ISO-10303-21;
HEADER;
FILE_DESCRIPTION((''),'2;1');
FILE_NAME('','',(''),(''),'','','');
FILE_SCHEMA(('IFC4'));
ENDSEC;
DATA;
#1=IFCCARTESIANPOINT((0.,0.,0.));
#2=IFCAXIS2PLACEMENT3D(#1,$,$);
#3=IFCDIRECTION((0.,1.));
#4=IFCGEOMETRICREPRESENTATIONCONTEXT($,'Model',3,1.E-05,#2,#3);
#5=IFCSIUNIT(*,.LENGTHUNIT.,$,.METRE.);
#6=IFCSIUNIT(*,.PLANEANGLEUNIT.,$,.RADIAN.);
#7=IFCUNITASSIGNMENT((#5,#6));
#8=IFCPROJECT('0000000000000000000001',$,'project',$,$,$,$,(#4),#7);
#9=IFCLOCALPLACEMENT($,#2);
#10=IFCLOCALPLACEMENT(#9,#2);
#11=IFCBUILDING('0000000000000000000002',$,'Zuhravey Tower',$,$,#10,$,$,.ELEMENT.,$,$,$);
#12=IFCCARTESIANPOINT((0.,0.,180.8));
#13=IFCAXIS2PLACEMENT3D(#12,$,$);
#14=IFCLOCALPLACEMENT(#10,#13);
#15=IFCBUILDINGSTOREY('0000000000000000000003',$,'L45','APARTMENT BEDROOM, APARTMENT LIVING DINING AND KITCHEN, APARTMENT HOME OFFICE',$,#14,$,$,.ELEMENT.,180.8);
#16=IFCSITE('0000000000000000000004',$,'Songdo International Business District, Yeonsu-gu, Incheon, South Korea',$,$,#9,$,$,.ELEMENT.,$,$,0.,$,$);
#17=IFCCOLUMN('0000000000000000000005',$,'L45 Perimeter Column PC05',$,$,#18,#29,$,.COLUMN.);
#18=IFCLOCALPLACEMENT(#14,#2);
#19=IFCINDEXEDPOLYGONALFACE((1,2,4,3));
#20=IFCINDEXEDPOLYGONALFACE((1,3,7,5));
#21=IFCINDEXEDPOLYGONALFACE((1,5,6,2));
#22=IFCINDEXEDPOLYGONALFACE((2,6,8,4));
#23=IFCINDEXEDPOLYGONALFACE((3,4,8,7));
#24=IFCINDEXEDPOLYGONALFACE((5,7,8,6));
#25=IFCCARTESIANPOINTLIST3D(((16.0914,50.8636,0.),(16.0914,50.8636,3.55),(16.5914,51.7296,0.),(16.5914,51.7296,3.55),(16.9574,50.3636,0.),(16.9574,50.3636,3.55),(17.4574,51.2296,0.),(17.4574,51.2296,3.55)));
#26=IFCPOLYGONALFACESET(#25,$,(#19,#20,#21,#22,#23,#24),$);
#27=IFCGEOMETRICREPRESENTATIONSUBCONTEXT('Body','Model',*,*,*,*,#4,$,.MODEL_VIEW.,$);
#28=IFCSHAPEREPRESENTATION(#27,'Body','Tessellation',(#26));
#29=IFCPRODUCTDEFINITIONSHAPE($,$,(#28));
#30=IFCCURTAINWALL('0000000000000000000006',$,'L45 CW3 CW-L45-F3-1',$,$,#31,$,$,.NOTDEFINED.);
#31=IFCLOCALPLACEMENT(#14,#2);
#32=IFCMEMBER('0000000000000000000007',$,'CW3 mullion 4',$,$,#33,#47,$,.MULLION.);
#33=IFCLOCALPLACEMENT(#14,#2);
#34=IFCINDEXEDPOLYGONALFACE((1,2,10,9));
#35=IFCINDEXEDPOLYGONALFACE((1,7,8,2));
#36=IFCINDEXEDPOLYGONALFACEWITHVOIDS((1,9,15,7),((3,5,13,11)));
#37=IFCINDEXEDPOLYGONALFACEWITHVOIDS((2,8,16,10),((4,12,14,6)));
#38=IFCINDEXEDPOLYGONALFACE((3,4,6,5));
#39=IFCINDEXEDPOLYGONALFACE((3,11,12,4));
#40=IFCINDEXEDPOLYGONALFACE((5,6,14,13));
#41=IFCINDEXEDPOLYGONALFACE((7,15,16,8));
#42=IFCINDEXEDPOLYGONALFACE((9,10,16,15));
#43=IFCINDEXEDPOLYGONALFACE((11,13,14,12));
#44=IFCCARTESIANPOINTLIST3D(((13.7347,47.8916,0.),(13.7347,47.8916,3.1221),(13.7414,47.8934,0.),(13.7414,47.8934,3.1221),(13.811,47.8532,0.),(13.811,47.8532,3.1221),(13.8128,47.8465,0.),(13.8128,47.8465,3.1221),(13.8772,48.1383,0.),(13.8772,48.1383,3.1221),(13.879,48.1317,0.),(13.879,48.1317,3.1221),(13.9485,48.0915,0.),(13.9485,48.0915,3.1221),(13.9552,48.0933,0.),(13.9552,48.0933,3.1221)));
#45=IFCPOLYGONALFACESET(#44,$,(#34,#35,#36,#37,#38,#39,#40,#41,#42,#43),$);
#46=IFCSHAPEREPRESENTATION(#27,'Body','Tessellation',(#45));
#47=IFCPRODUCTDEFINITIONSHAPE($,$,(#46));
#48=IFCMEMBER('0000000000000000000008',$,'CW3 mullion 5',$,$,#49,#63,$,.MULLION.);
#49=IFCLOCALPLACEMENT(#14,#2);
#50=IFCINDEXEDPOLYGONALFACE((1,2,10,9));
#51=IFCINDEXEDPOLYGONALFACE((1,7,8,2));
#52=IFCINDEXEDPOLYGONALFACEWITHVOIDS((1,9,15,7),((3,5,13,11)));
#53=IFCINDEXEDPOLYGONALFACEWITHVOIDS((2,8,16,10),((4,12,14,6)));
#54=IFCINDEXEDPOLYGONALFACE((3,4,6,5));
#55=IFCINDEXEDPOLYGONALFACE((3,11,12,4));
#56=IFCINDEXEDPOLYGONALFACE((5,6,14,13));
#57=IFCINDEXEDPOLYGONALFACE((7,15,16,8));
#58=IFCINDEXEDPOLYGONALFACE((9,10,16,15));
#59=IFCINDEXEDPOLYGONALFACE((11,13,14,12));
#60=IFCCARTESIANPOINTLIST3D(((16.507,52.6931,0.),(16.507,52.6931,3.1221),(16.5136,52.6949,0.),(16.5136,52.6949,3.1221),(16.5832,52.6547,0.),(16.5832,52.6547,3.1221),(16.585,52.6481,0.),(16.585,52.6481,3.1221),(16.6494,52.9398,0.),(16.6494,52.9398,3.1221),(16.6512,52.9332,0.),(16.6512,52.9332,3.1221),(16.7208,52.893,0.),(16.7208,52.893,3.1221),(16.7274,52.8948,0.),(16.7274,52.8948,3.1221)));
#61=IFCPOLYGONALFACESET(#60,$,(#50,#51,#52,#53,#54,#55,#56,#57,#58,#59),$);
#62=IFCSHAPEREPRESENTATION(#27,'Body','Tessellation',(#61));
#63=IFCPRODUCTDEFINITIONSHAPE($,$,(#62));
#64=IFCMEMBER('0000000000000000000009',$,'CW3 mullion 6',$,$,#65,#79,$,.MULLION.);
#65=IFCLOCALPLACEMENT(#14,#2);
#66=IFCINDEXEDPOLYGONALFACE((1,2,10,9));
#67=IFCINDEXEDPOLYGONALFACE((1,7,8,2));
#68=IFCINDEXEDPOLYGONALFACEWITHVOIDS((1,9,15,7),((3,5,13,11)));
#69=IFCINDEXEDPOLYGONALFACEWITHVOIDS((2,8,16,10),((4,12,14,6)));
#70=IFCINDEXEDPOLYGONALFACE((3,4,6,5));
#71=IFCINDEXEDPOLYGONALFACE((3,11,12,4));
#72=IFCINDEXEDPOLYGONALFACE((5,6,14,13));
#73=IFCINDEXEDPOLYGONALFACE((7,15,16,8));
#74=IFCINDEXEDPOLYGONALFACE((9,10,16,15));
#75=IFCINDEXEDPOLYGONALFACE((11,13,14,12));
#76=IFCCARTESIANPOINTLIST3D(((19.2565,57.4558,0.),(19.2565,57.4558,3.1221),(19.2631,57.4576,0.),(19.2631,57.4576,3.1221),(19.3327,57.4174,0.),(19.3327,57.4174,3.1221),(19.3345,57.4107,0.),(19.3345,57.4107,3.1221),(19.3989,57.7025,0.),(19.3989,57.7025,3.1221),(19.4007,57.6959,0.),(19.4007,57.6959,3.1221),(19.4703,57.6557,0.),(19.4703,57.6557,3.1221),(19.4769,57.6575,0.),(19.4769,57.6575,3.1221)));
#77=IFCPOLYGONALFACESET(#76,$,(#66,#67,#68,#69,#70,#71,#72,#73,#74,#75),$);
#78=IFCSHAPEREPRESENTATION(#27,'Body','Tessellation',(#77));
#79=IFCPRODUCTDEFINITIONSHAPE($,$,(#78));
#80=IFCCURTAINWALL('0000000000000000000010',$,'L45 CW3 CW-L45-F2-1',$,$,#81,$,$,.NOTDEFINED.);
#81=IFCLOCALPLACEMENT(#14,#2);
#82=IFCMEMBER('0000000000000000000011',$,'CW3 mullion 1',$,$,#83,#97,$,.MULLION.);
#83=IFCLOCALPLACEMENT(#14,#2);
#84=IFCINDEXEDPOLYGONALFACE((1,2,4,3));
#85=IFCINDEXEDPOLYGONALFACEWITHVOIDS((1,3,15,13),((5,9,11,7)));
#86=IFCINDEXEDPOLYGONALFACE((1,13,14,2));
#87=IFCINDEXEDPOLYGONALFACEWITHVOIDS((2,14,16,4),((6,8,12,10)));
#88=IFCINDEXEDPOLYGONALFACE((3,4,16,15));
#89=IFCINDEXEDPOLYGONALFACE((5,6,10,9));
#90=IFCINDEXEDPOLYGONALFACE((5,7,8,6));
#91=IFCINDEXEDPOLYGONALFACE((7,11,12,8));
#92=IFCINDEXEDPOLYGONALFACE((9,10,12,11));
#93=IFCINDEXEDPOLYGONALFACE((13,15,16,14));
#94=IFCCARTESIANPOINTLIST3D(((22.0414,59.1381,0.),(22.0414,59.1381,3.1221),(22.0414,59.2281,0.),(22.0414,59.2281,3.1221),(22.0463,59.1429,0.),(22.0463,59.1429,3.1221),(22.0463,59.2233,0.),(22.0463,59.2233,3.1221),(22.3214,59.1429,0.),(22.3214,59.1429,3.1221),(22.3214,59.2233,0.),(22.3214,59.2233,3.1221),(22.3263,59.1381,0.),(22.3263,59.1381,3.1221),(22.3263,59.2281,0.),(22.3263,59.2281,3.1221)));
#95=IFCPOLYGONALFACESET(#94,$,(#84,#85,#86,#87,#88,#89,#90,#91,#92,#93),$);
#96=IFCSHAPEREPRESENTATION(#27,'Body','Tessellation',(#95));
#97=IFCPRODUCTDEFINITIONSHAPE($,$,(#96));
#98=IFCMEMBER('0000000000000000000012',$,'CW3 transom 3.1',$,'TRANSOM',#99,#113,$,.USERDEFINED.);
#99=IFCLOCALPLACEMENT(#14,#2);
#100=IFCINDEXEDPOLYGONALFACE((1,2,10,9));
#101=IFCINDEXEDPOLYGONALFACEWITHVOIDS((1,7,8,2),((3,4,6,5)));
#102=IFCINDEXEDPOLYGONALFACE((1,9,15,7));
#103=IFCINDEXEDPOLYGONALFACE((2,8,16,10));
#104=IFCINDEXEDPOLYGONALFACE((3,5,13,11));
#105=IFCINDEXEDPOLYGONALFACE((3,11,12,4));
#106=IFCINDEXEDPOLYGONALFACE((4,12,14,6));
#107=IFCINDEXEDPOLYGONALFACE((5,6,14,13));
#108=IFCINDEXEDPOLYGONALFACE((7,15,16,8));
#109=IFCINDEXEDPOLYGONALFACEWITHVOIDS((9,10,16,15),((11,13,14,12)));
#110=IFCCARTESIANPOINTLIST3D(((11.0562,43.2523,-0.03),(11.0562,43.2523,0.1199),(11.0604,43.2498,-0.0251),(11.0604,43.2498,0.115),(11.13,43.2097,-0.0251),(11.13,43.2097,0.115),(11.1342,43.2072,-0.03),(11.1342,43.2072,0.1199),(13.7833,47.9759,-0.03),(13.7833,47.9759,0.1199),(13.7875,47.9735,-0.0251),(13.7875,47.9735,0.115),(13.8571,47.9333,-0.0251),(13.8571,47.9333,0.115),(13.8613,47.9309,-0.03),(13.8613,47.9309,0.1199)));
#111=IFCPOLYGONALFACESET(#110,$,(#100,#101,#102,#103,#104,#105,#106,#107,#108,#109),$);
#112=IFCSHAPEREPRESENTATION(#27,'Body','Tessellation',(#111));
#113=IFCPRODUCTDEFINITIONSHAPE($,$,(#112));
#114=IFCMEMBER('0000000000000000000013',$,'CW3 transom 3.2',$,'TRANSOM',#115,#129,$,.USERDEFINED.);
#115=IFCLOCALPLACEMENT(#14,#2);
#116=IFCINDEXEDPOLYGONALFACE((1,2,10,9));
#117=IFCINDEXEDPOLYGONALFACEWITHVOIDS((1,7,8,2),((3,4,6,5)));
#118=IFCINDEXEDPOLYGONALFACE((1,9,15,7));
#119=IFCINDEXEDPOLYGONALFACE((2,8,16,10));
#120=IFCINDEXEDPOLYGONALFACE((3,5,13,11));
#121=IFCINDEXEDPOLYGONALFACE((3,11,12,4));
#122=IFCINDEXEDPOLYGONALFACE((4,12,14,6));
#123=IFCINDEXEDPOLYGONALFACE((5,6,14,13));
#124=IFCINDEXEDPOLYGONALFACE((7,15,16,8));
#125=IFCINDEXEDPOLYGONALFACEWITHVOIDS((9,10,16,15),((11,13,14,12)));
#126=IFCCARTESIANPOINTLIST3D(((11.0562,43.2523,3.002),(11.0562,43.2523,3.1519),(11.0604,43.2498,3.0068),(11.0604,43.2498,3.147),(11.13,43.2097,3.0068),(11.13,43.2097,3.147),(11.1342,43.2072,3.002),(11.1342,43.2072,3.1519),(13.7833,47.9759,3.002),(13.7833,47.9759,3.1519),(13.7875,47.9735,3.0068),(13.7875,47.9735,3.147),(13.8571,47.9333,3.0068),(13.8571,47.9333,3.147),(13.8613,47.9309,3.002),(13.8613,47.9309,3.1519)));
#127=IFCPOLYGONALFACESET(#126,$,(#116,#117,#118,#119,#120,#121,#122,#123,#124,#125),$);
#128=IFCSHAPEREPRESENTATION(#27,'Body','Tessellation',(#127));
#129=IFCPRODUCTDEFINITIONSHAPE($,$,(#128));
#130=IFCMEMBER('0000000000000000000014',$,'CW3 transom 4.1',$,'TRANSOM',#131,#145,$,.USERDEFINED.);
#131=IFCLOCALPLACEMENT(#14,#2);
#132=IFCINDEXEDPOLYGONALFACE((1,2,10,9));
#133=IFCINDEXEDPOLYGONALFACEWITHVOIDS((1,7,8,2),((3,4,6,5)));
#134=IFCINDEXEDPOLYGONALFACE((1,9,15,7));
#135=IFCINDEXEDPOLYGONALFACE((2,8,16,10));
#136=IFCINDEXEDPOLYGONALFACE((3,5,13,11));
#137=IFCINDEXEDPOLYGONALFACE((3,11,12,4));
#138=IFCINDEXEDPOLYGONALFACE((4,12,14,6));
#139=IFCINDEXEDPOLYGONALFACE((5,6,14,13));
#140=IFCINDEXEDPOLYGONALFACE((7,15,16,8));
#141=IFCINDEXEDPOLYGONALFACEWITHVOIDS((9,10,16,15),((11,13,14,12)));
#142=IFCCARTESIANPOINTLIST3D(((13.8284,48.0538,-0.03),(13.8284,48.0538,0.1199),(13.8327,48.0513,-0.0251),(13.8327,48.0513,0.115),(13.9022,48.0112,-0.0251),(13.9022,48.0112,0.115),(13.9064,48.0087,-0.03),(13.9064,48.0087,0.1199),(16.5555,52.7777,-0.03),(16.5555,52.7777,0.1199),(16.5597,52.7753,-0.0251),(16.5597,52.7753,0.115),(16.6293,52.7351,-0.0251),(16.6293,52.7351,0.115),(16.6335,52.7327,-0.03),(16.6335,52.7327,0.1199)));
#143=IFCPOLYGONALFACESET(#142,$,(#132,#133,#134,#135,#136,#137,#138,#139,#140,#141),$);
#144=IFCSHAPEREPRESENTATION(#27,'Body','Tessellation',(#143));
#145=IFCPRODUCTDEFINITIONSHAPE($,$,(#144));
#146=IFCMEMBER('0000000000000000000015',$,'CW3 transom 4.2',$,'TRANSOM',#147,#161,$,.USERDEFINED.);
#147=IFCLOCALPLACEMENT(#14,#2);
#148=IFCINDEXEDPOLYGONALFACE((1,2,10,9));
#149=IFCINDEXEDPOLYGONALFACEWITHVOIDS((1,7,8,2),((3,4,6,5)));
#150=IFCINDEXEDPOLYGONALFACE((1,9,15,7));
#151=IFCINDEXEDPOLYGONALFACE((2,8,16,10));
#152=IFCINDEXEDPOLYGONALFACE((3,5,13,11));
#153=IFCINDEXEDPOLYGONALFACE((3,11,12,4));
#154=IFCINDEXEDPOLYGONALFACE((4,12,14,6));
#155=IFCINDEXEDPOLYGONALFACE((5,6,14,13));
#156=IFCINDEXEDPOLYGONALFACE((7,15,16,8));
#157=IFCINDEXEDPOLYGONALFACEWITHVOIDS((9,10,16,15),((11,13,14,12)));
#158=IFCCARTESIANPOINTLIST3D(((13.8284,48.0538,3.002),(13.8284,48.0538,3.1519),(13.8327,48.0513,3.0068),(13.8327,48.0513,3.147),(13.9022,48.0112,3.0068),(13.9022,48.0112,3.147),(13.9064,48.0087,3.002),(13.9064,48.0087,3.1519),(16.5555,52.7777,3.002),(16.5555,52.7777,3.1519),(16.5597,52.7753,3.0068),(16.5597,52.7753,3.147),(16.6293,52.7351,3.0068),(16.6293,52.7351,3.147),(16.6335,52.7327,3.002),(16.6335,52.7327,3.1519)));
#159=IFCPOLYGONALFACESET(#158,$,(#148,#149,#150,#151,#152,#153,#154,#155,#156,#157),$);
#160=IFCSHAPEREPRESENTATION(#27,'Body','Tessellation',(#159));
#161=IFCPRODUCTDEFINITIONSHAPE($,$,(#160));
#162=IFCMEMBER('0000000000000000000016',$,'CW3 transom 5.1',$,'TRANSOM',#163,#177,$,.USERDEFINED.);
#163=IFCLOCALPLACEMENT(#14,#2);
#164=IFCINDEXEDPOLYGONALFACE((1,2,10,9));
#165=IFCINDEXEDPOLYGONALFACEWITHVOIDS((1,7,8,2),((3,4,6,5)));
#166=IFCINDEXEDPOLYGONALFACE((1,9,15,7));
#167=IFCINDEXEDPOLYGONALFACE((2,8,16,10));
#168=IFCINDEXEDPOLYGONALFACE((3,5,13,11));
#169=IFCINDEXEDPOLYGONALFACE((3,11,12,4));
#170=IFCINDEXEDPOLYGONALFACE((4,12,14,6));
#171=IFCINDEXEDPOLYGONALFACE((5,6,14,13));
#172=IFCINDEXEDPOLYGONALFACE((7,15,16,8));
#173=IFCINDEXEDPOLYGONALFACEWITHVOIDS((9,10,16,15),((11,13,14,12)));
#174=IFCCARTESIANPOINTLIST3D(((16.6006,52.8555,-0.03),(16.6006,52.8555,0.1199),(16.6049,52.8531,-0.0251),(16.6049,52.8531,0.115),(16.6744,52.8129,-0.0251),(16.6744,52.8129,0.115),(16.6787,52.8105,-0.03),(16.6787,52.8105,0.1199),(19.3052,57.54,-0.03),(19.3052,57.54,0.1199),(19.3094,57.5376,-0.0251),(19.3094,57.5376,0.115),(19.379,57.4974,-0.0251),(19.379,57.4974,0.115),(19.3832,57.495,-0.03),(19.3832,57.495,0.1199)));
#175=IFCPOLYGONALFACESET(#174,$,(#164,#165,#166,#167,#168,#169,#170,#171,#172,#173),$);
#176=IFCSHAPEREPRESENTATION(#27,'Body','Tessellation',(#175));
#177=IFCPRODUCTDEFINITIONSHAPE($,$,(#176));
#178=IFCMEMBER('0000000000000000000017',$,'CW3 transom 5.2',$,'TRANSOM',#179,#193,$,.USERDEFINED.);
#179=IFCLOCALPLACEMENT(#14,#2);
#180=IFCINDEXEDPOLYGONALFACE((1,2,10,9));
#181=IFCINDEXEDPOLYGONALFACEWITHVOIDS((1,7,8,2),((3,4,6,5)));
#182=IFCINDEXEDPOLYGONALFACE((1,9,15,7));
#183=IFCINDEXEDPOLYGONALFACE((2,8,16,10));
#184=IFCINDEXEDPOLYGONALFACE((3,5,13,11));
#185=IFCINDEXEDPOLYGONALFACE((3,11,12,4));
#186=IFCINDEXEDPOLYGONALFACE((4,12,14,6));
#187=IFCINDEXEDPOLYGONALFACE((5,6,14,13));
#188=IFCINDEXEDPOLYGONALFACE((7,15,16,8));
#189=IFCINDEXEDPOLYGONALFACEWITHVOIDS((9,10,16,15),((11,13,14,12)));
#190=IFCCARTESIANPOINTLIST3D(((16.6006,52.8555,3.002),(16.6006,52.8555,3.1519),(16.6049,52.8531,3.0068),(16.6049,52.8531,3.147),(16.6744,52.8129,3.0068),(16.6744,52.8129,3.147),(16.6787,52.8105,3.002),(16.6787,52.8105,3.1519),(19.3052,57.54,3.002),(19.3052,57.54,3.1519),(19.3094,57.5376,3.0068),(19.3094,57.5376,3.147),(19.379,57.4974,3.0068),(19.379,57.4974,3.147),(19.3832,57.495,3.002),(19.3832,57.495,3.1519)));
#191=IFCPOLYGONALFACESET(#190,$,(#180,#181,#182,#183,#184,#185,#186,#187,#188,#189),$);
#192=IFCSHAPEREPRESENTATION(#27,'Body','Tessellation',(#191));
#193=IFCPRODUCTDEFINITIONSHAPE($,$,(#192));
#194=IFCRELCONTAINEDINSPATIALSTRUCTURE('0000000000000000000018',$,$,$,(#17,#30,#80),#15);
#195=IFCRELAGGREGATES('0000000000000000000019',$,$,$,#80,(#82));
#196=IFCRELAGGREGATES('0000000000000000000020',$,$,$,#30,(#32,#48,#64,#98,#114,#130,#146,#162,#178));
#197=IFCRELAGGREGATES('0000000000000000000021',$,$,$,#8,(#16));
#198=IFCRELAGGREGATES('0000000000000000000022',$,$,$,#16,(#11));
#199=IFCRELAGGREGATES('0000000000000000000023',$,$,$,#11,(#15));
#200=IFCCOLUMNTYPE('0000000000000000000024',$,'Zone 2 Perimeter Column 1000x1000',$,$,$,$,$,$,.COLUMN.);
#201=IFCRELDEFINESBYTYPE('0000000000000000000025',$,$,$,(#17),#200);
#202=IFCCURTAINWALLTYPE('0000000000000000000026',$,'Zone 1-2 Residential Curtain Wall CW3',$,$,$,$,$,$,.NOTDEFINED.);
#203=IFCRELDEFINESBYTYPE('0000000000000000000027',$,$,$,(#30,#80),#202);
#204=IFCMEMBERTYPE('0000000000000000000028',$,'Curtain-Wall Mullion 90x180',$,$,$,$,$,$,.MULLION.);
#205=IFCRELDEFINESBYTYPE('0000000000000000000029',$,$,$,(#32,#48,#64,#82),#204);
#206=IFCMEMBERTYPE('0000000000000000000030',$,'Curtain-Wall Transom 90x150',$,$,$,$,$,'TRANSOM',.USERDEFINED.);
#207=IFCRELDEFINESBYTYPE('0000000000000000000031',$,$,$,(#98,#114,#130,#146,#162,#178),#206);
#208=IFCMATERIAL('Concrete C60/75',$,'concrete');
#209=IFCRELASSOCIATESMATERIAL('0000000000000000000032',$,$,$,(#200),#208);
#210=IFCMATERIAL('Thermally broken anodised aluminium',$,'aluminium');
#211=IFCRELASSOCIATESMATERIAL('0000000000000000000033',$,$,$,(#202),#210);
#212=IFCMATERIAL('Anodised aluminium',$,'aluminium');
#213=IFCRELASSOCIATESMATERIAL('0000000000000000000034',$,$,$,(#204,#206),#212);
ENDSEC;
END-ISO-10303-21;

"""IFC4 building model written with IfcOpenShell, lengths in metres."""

from ifc_helpers import new_model, si_unit, direction, frame, origin, origin_2d, place, context, subcontext, project, spatial, rectangle, hollow_rectangle, extrude, material, material_profile, profile_set, type_object, element, aggregate, save


model = new_model("IFC4")

# Units and contexts
model_context = context("Model", 3, precision=1e-05, world=origin(), true_north=direction((0.0, 1.0)))
body_context = subcontext(model_context, "Body", "Model", "MODEL_VIEW")
ifc_project = project(units=[si_unit("LENGTHUNIT", "METRE"), si_unit("PLANEANGLEUNIT", "RADIAN")], contexts=[model_context])

# Site, building, storey
site_placement = place(None, origin())
site = spatial("IfcSite", under=ifc_project, at=site_placement, Name="Songdo International Business District, Yeonsu-gu, Incheon, South Korea", CompositionType="ELEMENT", RefElevation=0.0)
building_placement = place(site_placement, origin())
building = spatial("IfcBuilding", under=site, at=building_placement, Name="Zuhravey Tower", CompositionType="ELEMENT")
storey_placement = place(building_placement, frame((0.0, 0.0, 180.8)))
storey = spatial("IfcBuildingStorey", under=building, at=storey_placement, Name="L45", Description="APARTMENT BEDROOM, APARTMENT LIVING DINING AND KITCHEN, APARTMENT HOME OFFICE", CompositionType="ELEMENT", Elevation=180.8)

# Column
ifc_material_1 = material(Name="Concrete C60/75", Category="concrete")
ifc_material_profile_1 = material_profile(ifc_material_1, rectangle(XDim=1.0, YDim=1.0, at=origin_2d()), Name="RC-1000x1000")
ifc_profile_set_1 = profile_set([ifc_material_profile_1], Name="Concrete C60/75")
column_type = type_object("IfcColumnType", Name="Zone 2 Perimeter Column 1000x1000", PredefinedType="COLUMN", material=ifc_profile_set_1)
column_placement = place(storey_placement, frame((16.7744, 51.0466, 0.0), z_axis=(0.0, 0.0, 1.0), x_axis=(-0.5, -0.866025, 0.0)))
element("IfcColumn", 1, at=column_placement, inside=storey, type_object=column_type, Name="L45 Perimeter Column PC05", PredefinedType="COLUMN", context=body_context, shape_type="SweptSolid", body=[
    extrude(rectangle(XDim=1.0, YDim=1.0, at=origin_2d()), origin(), (0.0, 0.0, 1.0), 3.55),
])

# Curtain wall, members
ifc_material_2 = material(Name="Thermally broken anodised aluminium", Category="aluminium")
curtain_wall_type = type_object("IfcCurtainWallType", Name="Zone 1-2 Residential Curtain Wall CW3", PredefinedType="NOTDEFINED", material=ifc_material_2)
curtain_wall_1_placement = place(storey_placement, origin())
curtain_wall_1 = element("IfcCurtainWall", 2, at=curtain_wall_1_placement, inside=storey, type_object=curtain_wall_type, Name="L45 CW3 CW-L45-F3-1", PredefinedType="NOTDEFINED")
ifc_material_3 = material(Name="Anodised aluminium", Category="aluminium")
ifc_material_profile_2 = material_profile(ifc_material_3, hollow_rectangle(XDim=0.0901, YDim=0.2849, WallThickness=0.0049, at=origin_2d()), Name="ALU-RHS-90x285x5")
ifc_profile_set_2 = profile_set([ifc_material_profile_2], Name="Anodised aluminium")
member_type_1 = type_object("IfcMemberType", Name="Curtain-Wall Mullion 90x180", PredefinedType="MULLION", material=ifc_profile_set_2)
member_1_placement = place(storey_placement, frame((13.845, 47.9924, 0.0), z_axis=(0.0, 0.0, 1.0), x_axis=(-0.866025, 0.5, 0.0)))
member_1 = element("IfcMember", 3, at=member_1_placement, type_object=member_type_1, Name="CW3 mullion 4", PredefinedType="MULLION", context=body_context, shape_type="SweptSolid", body=[
    extrude(hollow_rectangle(XDim=0.0901, YDim=0.2849, WallThickness=0.0049, at=origin_2d()), origin(), (0.0, 0.0, 1.0), 3.1221),
])
member_2_placement = place(storey_placement, frame((16.6172, 52.7939, 0.0), z_axis=(0.0, 0.0, 1.0), x_axis=(-0.866025, 0.5, 0.0)))
member_2 = element("IfcMember", 4, at=member_2_placement, type_object=member_type_1, Name="CW3 mullion 5", PredefinedType="MULLION", context=body_context, shape_type="SweptSolid", body=[
    extrude(hollow_rectangle(XDim=0.0901, YDim=0.2849, WallThickness=0.0049, at=origin_2d()), origin(), (0.0, 0.0, 1.0), 3.1221),
])
member_3_placement = place(storey_placement, frame((19.3667, 57.5566, 0.0), z_axis=(0.0, 0.0, 1.0), x_axis=(-0.866025, 0.5, 0.0)))
member_3 = element("IfcMember", 5, at=member_3_placement, type_object=member_type_1, Name="CW3 mullion 6", PredefinedType="MULLION", context=body_context, shape_type="SweptSolid", body=[
    extrude(hollow_rectangle(XDim=0.0901, YDim=0.2849, WallThickness=0.0049, at=origin_2d()), origin(), (0.0, 0.0, 1.0), 3.1221),
])

# Curtain wall, member
curtain_wall_2_placement = place(storey_placement, origin())
curtain_wall_2 = element("IfcCurtainWall", 6, at=curtain_wall_2_placement, inside=storey, type_object=curtain_wall_type, Name="L45 CW3 CW-L45-F2-1", PredefinedType="NOTDEFINED")
member_4_placement = place(storey_placement, frame((22.1838, 59.1831, 0.0), z_axis=(0.0, 0.0, 1.0), x_axis=(0.0, 1.0, 0.0)))
member_4 = element("IfcMember", 7, at=member_4_placement, type_object=member_type_1, Name="CW3 mullion 1", PredefinedType="MULLION", context=body_context, shape_type="SweptSolid", body=[
    extrude(hollow_rectangle(XDim=0.0901, YDim=0.2849, WallThickness=0.0049, at=origin_2d()), origin(), (0.0, 0.0, 1.0), 3.1221),
])
aggregate(curtain_wall_2, [member_4])

# Members
ifc_material_profile_3 = material_profile(ifc_material_3, hollow_rectangle(XDim=0.0901, YDim=0.1499, WallThickness=0.0049, at=origin_2d()), Name="ALU-RHS-90x150x5")
ifc_profile_set_3 = profile_set([ifc_material_profile_3], Name="Anodised aluminium")
member_type_2 = type_object("IfcMemberType", Name="Curtain-Wall Transom 90x150", ElementType="TRANSOM", PredefinedType="USERDEFINED", material=ifc_profile_set_3)
member_5_placement = place(storey_placement, frame((11.0952, 43.2297, 0.0449), z_axis=(0.499981, 0.866037, 0.0), x_axis=(-0.866037, 0.499981, 0.0)))
member_5 = element("IfcMember", 8, at=member_5_placement, type_object=member_type_2, Name="CW3 transom 3.1", ObjectType="TRANSOM", PredefinedType="USERDEFINED", context=body_context, shape_type="SweptSolid", body=[
    extrude(hollow_rectangle(XDim=0.0901, YDim=0.1499, WallThickness=0.0049, at=origin_2d()), origin(), (0.0, 0.0, 1.0), 5.4543),
])
member_6_placement = place(storey_placement, frame((11.0952, 43.2297, 3.0769), z_axis=(0.499981, 0.866037, 0.0), x_axis=(-0.866037, 0.499981, 0.0)))
member_6 = element("IfcMember", 9, at=member_6_placement, type_object=member_type_2, Name="CW3 transom 3.2", ObjectType="TRANSOM", PredefinedType="USERDEFINED", context=body_context, shape_type="SweptSolid", body=[
    extrude(hollow_rectangle(XDim=0.0901, YDim=0.1499, WallThickness=0.0049, at=origin_2d()), origin(), (0.0, 0.0, 1.0), 5.4543),
])
member_7_placement = place(storey_placement, frame((13.8674, 48.0312, 0.0449), z_axis=(0.499961, 0.866048, 0.0), x_axis=(-0.866048, 0.499961, 0.0)))
member_7 = element("IfcMember", 10, at=member_7_placement, type_object=member_type_2, Name="CW3 transom 4.1", ObjectType="TRANSOM", PredefinedType="USERDEFINED", context=body_context, shape_type="SweptSolid", body=[
    extrude(hollow_rectangle(XDim=0.0901, YDim=0.1499, WallThickness=0.0049, at=origin_2d()), origin(), (0.0, 0.0, 1.0), 5.4546),
])
member_8_placement = place(storey_placement, frame((13.8674, 48.0312, 3.0769), z_axis=(0.499961, 0.866048, 0.0), x_axis=(-0.866048, 0.499961, 0.0)))
member_8 = element("IfcMember", 11, at=member_8_placement, type_object=member_type_2, Name="CW3 transom 4.2", ObjectType="TRANSOM", PredefinedType="USERDEFINED", context=body_context, shape_type="SweptSolid", body=[
    extrude(hollow_rectangle(XDim=0.0901, YDim=0.1499, WallThickness=0.0049, at=origin_2d()), origin(), (0.0, 0.0, 1.0), 5.4546),
])
member_9_placement = place(storey_placement, frame((16.6396, 52.833, 0.0449), z_axis=(0.499993, 0.866029, 0.0), x_axis=(-0.866029, 0.499993, 0.0)))
member_9 = element("IfcMember", 12, at=member_9_placement, type_object=member_type_2, Name="CW3 transom 5.1", ObjectType="TRANSOM", PredefinedType="USERDEFINED", context=body_context, shape_type="SweptSolid", body=[
    extrude(hollow_rectangle(XDim=0.0901, YDim=0.1499, WallThickness=0.0049, at=origin_2d()), origin(), (0.0, 0.0, 1.0), 5.4092),
])
member_10_placement = place(storey_placement, frame((16.6396, 52.833, 3.0769), z_axis=(0.499993, 0.866029, 0.0), x_axis=(-0.866029, 0.499993, 0.0)))
member_10 = element("IfcMember", 13, at=member_10_placement, type_object=member_type_2, Name="CW3 transom 5.2", ObjectType="TRANSOM", PredefinedType="USERDEFINED", context=body_context, shape_type="SweptSolid", body=[
    extrude(hollow_rectangle(XDim=0.0901, YDim=0.1499, WallThickness=0.0049, at=origin_2d()), origin(), (0.0, 0.0, 1.0), 5.4092),
])

aggregate(curtain_wall_1, [member_1, member_2, member_3, member_5, member_6, member_7, member_8, member_9, member_10])

save(model, "model.ifc")
